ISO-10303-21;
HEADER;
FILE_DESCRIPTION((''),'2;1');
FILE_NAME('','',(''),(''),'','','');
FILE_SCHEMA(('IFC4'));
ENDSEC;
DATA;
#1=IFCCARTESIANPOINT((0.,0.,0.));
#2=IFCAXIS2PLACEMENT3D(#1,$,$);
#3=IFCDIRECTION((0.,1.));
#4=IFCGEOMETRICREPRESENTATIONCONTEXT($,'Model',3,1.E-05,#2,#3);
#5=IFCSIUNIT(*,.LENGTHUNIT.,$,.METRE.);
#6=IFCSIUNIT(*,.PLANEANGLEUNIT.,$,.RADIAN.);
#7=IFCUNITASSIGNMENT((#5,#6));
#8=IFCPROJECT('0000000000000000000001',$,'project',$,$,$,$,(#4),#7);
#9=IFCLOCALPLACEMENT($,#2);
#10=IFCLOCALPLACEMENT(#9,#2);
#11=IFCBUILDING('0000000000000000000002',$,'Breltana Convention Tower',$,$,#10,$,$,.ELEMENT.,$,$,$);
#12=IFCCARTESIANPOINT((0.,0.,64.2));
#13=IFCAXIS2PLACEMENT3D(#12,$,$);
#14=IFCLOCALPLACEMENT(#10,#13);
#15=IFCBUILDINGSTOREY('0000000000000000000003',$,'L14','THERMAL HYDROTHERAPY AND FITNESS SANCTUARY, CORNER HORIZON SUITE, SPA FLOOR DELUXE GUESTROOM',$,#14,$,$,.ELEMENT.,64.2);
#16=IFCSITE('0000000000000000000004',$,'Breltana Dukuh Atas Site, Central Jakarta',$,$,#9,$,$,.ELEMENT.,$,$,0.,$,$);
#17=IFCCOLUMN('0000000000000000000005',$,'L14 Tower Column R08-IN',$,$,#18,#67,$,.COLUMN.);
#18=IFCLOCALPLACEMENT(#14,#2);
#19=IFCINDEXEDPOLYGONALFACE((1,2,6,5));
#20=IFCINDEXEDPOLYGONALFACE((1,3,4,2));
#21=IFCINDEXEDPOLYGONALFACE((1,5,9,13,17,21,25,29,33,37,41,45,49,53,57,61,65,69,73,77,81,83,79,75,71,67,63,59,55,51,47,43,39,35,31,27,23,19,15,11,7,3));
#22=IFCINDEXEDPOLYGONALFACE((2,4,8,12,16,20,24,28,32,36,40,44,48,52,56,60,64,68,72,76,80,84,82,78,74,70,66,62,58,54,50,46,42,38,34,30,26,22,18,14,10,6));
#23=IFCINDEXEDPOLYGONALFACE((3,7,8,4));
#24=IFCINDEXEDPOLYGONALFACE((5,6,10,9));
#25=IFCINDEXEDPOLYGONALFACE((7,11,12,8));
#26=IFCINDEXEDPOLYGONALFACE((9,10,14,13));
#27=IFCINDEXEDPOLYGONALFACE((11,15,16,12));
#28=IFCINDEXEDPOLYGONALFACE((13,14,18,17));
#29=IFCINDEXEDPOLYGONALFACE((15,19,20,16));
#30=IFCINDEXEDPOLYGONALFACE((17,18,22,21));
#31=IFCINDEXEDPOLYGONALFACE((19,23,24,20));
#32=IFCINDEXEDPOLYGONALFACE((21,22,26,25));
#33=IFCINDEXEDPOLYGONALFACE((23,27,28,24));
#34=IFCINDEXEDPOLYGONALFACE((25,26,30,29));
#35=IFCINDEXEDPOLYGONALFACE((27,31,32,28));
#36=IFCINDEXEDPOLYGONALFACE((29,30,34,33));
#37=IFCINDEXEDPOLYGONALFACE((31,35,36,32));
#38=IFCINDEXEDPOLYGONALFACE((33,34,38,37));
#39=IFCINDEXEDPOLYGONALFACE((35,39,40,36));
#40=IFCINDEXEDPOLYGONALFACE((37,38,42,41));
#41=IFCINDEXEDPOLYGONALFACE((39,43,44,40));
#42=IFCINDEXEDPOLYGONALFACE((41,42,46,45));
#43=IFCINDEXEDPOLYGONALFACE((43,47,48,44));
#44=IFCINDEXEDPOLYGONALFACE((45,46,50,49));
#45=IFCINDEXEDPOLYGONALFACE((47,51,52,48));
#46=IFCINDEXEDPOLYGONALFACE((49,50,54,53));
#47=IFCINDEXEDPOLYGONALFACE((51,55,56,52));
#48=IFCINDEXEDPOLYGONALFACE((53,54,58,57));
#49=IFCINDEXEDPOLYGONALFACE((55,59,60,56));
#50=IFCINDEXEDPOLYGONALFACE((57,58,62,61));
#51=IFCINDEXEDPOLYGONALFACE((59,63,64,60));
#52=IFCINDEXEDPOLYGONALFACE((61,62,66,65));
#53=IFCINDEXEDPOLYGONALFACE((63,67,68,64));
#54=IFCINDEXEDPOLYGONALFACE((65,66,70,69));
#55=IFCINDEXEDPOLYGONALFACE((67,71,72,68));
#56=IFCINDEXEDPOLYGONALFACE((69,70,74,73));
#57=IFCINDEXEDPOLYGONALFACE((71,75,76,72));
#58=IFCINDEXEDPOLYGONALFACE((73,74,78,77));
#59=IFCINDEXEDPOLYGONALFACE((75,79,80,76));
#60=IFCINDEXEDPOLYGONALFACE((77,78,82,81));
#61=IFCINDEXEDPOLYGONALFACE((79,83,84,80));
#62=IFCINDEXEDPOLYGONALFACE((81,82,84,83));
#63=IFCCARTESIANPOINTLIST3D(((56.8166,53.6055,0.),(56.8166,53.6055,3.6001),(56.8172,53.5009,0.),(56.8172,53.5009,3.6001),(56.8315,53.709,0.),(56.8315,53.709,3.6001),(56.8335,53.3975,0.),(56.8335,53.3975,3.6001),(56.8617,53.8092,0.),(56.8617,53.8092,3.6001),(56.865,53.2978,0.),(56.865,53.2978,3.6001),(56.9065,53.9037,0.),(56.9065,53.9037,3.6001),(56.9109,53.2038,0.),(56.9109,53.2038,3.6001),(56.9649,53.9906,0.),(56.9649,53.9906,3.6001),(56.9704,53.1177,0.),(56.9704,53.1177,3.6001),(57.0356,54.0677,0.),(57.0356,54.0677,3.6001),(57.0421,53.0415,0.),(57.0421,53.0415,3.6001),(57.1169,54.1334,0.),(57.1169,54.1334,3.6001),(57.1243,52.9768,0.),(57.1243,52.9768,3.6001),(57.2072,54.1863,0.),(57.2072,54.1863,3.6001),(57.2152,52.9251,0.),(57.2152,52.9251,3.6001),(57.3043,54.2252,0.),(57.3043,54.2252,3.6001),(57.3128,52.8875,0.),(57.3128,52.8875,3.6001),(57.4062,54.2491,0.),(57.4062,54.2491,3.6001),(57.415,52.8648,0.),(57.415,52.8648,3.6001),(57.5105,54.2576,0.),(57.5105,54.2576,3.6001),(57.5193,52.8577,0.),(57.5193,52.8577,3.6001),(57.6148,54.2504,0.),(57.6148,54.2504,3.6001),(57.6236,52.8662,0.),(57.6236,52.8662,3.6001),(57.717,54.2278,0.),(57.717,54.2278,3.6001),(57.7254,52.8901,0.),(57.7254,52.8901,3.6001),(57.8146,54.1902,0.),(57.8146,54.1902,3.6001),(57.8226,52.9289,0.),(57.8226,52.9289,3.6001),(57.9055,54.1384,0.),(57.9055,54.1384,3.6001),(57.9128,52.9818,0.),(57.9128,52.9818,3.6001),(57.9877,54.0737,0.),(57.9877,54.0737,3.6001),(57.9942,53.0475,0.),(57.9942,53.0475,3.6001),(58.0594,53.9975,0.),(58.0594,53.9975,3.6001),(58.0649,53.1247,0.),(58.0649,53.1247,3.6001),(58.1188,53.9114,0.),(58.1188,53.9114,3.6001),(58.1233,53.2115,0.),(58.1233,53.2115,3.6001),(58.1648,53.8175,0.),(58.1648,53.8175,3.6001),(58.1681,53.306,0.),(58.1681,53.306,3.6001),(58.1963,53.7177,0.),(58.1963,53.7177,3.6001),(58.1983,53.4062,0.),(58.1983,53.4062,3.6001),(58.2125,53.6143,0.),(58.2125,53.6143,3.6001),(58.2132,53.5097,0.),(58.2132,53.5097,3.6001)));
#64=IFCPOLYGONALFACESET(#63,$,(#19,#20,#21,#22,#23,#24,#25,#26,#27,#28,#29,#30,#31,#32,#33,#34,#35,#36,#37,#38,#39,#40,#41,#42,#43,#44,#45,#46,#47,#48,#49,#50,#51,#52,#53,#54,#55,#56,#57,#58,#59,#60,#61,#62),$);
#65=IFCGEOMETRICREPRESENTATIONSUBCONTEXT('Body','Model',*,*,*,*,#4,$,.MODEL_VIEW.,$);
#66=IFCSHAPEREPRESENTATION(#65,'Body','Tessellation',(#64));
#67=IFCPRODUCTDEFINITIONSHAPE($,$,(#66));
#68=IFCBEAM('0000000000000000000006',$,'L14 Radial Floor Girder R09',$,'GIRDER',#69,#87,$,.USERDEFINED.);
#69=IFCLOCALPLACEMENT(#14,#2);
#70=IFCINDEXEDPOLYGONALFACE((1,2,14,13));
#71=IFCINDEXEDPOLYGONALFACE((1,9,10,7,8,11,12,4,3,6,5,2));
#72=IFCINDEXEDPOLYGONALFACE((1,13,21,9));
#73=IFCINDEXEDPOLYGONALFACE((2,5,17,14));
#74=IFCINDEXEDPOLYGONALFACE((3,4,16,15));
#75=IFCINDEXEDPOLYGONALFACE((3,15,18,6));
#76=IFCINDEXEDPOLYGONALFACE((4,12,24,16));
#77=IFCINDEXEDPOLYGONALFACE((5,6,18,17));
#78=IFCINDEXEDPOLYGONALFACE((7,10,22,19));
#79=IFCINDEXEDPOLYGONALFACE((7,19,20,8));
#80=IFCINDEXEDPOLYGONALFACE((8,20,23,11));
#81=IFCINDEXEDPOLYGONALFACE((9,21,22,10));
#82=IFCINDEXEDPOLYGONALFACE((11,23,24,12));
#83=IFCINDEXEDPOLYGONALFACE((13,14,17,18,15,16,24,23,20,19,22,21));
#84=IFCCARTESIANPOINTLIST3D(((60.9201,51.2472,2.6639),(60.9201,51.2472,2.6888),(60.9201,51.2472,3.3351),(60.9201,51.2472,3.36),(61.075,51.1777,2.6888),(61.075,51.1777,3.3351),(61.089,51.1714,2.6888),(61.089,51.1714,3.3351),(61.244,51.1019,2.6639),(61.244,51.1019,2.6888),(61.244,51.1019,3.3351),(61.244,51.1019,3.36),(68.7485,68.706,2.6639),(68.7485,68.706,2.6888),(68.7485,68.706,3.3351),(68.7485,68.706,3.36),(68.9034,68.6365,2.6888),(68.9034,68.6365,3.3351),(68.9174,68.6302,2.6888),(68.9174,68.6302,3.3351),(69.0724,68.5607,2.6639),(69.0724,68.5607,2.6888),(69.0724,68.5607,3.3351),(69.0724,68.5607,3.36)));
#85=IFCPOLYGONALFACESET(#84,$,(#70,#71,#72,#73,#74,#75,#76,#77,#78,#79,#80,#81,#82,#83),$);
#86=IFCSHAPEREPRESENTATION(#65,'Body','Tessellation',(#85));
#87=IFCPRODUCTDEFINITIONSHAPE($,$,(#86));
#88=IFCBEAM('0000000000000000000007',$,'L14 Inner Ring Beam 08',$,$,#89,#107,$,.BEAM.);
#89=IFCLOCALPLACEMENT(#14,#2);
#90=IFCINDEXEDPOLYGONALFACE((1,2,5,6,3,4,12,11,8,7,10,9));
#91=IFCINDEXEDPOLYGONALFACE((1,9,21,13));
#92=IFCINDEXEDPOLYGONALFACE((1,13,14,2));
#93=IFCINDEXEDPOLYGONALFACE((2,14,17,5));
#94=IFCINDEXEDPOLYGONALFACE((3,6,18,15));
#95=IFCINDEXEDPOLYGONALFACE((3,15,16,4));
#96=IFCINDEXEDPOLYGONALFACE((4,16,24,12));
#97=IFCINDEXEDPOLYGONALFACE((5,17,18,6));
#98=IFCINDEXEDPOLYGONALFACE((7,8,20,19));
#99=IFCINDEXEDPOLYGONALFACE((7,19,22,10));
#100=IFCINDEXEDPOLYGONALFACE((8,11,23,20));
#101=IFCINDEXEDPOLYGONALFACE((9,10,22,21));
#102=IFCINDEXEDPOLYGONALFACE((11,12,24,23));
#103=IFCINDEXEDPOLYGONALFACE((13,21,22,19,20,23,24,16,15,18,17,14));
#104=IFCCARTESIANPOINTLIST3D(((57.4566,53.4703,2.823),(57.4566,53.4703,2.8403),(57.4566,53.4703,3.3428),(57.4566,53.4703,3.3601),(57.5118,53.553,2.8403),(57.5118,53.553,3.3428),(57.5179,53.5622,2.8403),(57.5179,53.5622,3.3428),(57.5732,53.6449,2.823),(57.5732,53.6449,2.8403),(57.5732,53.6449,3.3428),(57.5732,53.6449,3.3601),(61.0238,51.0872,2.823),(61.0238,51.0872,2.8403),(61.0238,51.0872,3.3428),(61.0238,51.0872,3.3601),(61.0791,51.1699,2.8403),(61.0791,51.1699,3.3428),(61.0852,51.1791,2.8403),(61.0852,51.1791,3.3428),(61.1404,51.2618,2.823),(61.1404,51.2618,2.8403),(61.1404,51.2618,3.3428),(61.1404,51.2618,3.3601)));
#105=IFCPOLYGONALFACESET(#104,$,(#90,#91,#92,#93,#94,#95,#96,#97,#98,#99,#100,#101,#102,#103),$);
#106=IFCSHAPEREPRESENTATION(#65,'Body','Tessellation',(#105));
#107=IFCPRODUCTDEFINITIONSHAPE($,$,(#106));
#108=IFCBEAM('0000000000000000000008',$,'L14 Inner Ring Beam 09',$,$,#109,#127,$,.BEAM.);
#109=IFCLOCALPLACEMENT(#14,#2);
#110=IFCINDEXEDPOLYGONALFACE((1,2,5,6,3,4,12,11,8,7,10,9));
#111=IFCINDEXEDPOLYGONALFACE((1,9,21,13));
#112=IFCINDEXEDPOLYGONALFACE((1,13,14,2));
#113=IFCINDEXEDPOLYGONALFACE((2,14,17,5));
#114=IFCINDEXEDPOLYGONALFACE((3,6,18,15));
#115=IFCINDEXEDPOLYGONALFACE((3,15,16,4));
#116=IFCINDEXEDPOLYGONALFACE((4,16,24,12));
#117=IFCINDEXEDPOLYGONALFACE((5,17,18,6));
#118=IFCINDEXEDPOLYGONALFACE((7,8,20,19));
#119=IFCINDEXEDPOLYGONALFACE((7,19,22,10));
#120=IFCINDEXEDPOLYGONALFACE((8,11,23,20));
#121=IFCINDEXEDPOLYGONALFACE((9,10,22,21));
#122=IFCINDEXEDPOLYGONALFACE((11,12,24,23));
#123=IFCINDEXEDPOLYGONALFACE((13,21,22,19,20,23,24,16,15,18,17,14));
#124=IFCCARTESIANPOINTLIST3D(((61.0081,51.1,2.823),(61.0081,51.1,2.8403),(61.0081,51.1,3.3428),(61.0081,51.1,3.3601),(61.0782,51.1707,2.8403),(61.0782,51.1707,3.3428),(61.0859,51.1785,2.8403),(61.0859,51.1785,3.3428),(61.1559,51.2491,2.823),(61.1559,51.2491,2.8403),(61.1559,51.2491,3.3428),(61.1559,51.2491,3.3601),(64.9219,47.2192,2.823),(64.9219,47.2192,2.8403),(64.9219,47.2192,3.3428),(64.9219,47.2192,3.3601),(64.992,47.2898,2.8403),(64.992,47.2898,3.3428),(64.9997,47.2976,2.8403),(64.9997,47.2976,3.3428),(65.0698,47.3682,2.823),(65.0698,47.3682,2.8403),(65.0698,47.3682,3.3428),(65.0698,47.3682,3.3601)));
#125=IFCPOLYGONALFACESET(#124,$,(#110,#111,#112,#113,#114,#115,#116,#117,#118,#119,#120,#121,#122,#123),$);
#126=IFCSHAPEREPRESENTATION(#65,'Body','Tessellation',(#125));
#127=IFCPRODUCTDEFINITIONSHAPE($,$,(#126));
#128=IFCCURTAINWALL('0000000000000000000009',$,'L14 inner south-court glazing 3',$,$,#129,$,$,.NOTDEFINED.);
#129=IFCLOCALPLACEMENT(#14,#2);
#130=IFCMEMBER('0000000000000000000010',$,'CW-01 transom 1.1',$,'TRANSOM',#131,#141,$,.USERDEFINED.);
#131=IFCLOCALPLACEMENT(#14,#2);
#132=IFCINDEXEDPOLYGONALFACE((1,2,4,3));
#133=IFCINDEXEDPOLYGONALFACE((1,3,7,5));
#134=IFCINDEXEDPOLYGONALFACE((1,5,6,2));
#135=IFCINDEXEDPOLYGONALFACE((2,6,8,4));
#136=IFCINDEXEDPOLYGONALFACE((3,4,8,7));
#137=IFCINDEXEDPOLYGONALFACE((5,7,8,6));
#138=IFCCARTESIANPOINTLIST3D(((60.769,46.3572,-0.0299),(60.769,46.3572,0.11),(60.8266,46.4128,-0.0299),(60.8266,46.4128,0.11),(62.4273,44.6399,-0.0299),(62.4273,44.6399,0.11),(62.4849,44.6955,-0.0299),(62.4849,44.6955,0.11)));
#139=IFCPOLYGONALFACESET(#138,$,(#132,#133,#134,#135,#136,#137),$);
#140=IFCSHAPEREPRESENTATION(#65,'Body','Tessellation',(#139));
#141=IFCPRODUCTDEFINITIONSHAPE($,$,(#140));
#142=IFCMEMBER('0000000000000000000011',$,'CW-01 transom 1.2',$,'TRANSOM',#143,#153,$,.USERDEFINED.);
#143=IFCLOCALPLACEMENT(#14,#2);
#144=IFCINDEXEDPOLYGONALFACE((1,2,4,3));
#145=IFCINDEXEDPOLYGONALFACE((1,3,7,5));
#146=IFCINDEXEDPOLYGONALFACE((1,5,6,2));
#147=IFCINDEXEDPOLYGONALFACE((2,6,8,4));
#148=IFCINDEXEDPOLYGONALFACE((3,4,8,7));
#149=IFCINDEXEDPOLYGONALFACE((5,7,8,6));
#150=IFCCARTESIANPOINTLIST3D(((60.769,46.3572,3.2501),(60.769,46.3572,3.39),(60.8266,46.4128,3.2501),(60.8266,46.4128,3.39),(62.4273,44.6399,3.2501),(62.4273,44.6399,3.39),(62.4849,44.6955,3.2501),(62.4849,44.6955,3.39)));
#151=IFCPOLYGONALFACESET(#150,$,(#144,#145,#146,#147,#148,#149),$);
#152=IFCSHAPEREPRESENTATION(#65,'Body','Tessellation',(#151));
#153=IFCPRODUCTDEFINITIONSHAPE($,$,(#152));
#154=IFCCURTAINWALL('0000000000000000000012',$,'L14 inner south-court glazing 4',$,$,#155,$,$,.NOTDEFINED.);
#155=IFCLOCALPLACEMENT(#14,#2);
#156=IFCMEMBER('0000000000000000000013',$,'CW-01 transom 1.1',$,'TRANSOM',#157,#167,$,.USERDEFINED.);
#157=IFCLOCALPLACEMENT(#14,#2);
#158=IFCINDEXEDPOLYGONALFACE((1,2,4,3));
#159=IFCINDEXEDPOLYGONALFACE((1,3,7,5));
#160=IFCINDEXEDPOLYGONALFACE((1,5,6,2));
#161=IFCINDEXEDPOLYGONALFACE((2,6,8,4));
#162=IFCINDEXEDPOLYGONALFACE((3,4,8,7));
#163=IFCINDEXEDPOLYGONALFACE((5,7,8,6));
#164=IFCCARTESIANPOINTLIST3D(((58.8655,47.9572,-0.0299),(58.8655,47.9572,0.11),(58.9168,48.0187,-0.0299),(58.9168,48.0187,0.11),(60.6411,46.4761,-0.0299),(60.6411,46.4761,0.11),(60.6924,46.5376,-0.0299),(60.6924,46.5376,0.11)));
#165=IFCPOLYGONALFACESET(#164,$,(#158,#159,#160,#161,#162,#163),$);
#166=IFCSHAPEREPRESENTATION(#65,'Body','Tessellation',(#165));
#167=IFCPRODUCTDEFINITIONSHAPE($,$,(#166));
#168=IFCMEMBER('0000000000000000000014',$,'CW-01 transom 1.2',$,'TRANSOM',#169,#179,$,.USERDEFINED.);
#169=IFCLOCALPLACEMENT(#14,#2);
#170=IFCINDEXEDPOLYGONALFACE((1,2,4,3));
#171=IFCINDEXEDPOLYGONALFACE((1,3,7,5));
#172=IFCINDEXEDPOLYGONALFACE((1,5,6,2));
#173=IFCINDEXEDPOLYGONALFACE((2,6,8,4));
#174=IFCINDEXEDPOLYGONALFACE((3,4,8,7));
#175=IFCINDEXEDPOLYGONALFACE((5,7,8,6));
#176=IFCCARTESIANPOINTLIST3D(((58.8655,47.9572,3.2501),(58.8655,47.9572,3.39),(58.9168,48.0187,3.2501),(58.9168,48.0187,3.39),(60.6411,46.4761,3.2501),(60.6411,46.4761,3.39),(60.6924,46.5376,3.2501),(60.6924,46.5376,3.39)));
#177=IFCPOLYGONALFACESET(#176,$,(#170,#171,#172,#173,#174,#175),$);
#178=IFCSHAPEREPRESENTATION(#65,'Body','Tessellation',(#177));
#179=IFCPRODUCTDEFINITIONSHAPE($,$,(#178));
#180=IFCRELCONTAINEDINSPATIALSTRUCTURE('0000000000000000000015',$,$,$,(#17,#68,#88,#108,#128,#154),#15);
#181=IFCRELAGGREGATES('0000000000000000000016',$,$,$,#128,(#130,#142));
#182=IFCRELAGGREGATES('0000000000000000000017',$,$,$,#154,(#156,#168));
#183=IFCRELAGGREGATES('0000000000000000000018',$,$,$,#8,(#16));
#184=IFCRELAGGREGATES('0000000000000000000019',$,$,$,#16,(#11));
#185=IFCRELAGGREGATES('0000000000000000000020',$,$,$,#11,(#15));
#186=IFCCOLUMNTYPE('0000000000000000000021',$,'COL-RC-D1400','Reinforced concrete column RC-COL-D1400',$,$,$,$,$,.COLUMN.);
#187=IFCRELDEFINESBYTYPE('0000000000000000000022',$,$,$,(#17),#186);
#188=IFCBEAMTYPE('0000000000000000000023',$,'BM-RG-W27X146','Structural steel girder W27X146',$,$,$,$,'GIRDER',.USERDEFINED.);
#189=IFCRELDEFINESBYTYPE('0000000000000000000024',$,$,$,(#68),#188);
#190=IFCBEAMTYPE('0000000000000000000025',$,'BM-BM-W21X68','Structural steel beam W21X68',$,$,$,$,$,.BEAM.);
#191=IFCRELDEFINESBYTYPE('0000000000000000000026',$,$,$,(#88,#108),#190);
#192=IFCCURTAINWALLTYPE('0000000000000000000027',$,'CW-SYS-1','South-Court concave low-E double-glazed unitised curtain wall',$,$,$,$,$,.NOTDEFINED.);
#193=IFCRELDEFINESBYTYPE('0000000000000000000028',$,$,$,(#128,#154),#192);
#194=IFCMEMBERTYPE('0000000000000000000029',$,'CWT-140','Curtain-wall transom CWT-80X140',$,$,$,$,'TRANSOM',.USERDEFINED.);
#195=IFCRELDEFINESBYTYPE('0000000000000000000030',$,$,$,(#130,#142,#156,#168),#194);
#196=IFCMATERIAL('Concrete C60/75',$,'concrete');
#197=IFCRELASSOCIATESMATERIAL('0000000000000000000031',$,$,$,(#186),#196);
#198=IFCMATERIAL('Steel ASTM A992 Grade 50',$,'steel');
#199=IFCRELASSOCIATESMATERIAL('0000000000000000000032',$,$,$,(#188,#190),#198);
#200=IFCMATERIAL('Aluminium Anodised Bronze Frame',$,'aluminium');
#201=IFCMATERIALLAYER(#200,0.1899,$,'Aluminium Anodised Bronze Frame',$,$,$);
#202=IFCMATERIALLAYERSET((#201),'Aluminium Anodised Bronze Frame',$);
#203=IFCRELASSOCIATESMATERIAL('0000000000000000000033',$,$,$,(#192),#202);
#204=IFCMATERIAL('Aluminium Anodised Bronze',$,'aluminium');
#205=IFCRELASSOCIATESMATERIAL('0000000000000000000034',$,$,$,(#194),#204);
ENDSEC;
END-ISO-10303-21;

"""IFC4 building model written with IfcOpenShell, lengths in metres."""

from ifc_helpers import new_model, si_unit, direction, frame, origin, origin_2d, place, context, subcontext, project, spatial, rectangle, circle, i_section, extrude, source, transform, mapped, material, layer, layer_set, material_profile, profile_set, type_object, type_shapes, element, aggregate, save


model = new_model("IFC4")

# Units and contexts
model_context = context("Model", 3, precision=1e-05, world=origin(), true_north=direction((0.0, 1.0)))
body_context = subcontext(model_context, "Body", "Model", "MODEL_VIEW")
ifc_project = project(units=[si_unit("LENGTHUNIT", "METRE"), si_unit("PLANEANGLEUNIT", "RADIAN")], contexts=[model_context])

# Site, building, storey
site_placement = place(None, origin())
site = spatial("IfcSite", under=ifc_project, at=site_placement, Name="Breltana Dukuh Atas Site, Central Jakarta", CompositionType="ELEMENT", RefElevation=0.0)
building_placement = place(site_placement, origin())
building = spatial("IfcBuilding", under=site, at=building_placement, Name="Breltana Convention Tower", CompositionType="ELEMENT")
storey_placement = place(building_placement, frame((0.0, 0.0, 64.2)))
storey = spatial("IfcBuildingStorey", under=building, at=storey_placement, Name="L14", Description="THERMAL HYDROTHERAPY AND FITNESS SANCTUARY, CORNER HORIZON SUITE, SPA FLOOR DELUXE GUESTROOM", CompositionType="ELEMENT", Elevation=64.2)

# Column
ifc_material_1 = material(Name="Concrete C60/75", Category="concrete")
ifc_material_profile_1 = material_profile(ifc_material_1, circle(Radius=0.7, at=origin_2d()), Name="RC-COL-D1400")
ifc_profile_set_1 = profile_set([ifc_material_profile_1], Name="Concrete C60/75")
column_type = type_object("IfcColumnType", Name="COL-RC-D1400", Description="Reinforced concrete column RC-COL-D1400", PredefinedType="COLUMN", material=ifc_profile_set_1)
shared_shape_1 = source(origin(), body_context, "Body", "SweptSolid", [
    extrude(circle(Radius=0.7, at=origin_2d()), origin(), (0.0, 0.0, 1.0), 3.6001),
])
for number, where, z_axis, x_axis, name in (
    (1, (57.5149, 53.5576, 0.0), (0.0, 0.0, 1.0), (0.288698, 0.95742, 0.0), "L14 Tower Column R08-IN"),
):
    element("IfcColumn", number, at=place(storey_placement, frame(where, z_axis=z_axis, x_axis=x_axis)), inside=storey, type_object=column_type, Name=name, PredefinedType="COLUMN", context=body_context, shape_type="MappedRepresentation", body=[
        mapped(shared_shape_1, transform((0.0, 0.0, 0.0), scale=1.0)),
    ])

# Beams
ifc_material_2 = material(Name="Steel ASTM A992 Grade 50", Category="steel")
ifc_material_profile_2 = material_profile(ifc_material_2, i_section(OverallWidth=0.355, OverallDepth=0.696, WebThickness=0.0154, FlangeThickness=0.0249, at=origin_2d()), Name="W27X146")
ifc_profile_set_2 = profile_set([ifc_material_profile_2], Name="Steel ASTM A992 Grade 50")
beam_type_1 = type_object("IfcBeamType", Name="BM-RG-W27X146", Description="Structural steel girder W27X146", ElementType="GIRDER", PredefinedType="USERDEFINED", material=ifc_profile_set_2)
shared_shape_2 = source(origin(), body_context, "Body", "SweptSolid", [
    extrude(i_section(OverallWidth=0.355, OverallDepth=0.696, WebThickness=0.0154, FlangeThickness=0.0249, at=origin_2d()), origin(), (0.0, 0.0, 1.0), 19.1335),
])
beam_1_placement = place(storey_placement, frame((61.082, 51.1746, 3.012), z_axis=(0.409145, 0.91247, 0.0), x_axis=(-0.91247, 0.409145, 0.0)))
element("IfcBeam", 2, at=beam_1_placement, inside=storey, type_object=beam_type_1, Name="L14 Radial Floor Girder R09", ObjectType="GIRDER", PredefinedType="USERDEFINED", context=body_context, shape_type="MappedRepresentation", body=[
    mapped(shared_shape_2, transform((0.0, 0.0, 0.0), scale=1.0)),
])
ifc_material_profile_3 = material_profile(ifc_material_2, i_section(OverallWidth=0.21, OverallDepth=0.5371, WebThickness=0.011, FlangeThickness=0.0173, at=origin_2d()), Name="W21X68")
ifc_profile_set_3 = profile_set([ifc_material_profile_3], Name="Steel ASTM A992 Grade 50")
beam_type_2 = type_object("IfcBeamType", Name="BM-BM-W21X68", Description="Structural steel beam W21X68", PredefinedType="BEAM", material=ifc_profile_set_3)
shared_shape_3 = source(origin(), body_context, "Body", "SweptSolid", [
    extrude(i_section(OverallWidth=0.21, OverallDepth=0.5371, WebThickness=0.011, FlangeThickness=0.0173, at=origin_2d()), origin(), (0.0, 0.0, 1.0), 4.29),
])
beam_2_placement = place(storey_placement, frame((57.5149, 53.5576, 3.0916), z_axis=(0.831516, -0.555501, 0.0), x_axis=(0.555501, 0.831516, 0.0)))
element("IfcBeam", 3, at=beam_2_placement, inside=storey, type_object=beam_type_2, Name="L14 Inner Ring Beam 08", PredefinedType="BEAM", context=body_context, shape_type="MappedRepresentation", body=[
    mapped(shared_shape_3, transform((0.0, 0.0, 0.0), scale=1.0)),
])
shared_shape_4 = source(origin(), body_context, "Body", "SweptSolid", [
    extrude(i_section(OverallWidth=0.21, OverallDepth=0.5371, WebThickness=0.011, FlangeThickness=0.0173, at=origin_2d()), origin(), (0.0, 0.0, 1.0), 5.5117),
])
beam_3_placement = place(storey_placement, frame((61.082, 51.1746, 3.0916), z_axis=(0.71009, -0.704111, 0.0), x_axis=(0.704111, 0.71009, 0.0)))
element("IfcBeam", 4, at=beam_3_placement, inside=storey, type_object=beam_type_2, Name="L14 Inner Ring Beam 09", PredefinedType="BEAM", context=body_context, shape_type="MappedRepresentation", body=[
    mapped(shared_shape_4, transform((0.0, 0.0, 0.0), scale=1.0)),
])

# Curtain walls, members
ifc_material_3 = material(Name="Aluminium Anodised Bronze Frame", Category="aluminium")
ifc_layer_1 = layer(ifc_material_3, 0.1899, Name="Aluminium Anodised Bronze Frame")
ifc_layer_set_1 = layer_set([ifc_layer_1], Name="Aluminium Anodised Bronze Frame")
curtain_wall_type = type_object("IfcCurtainWallType", Name="CW-SYS-1", Description="South-Court concave low-E double-glazed unitised curtain wall", PredefinedType="NOTDEFINED", material=ifc_layer_set_1)
curtain_wall_1_placement = place(storey_placement, origin())
curtain_wall_1 = element("IfcCurtainWall", 5, at=curtain_wall_1_placement, inside=storey, type_object=curtain_wall_type, Name="L14 inner south-court glazing 3", PredefinedType="NOTDEFINED")
ifc_material_4 = material(Name="Aluminium Anodised Bronze", Category="aluminium")
ifc_material_profile_4 = material_profile(ifc_material_4, rectangle(XDim=0.0801, YDim=0.1399, at=origin_2d()), Name="CWT-80X140")
ifc_profile_set_4 = profile_set([ifc_material_profile_4], Name="Aluminium Anodised Bronze")
member_type_1 = type_object("IfcMemberType", Name="CWT-140", Description="Curtain-wall transom CWT-80X140", ElementType="TRANSOM", PredefinedType="USERDEFINED", material=ifc_profile_set_4)
shared_shape_5 = source(origin(), body_context, "Body", "SweptSolid", [
    extrude(rectangle(XDim=0.0801, YDim=0.1399, at=origin_2d()), origin(), (0.0, 0.0, 1.0), 2.3872),
])
type_shapes(member_type_1, [shared_shape_5])
member_1_placement = place(storey_placement, frame((62.4561, 44.6677, 0.04), z_axis=(-0.694624, 0.719373, 0.0), x_axis=(-0.719373, -0.694624, 0.0)))
member_1 = element("IfcMember", 6, at=member_1_placement, type_object=member_type_1, Name="CW-01 transom 1.1", ObjectType="TRANSOM", PredefinedType="USERDEFINED", context=body_context, shape_type="MappedRepresentation", body=[
    mapped(shared_shape_5, transform((0.0, 0.0, 0.0), scale=1.0)),
])
member_2_placement = place(storey_placement, frame((62.4561, 44.6677, 3.3201), z_axis=(-0.694624, 0.719373, 0.0), x_axis=(-0.719373, -0.694624, 0.0)))
member_2 = element("IfcMember", 7, at=member_2_placement, type_object=member_type_1, Name="CW-01 transom 1.2", ObjectType="TRANSOM", PredefinedType="USERDEFINED", context=body_context, shape_type="MappedRepresentation", body=[
    mapped(shared_shape_5, transform((0.0, 0.0, 0.0), scale=1.0)),
])
curtain_wall_2_placement = place(storey_placement, origin())
curtain_wall_2 = element("IfcCurtainWall", 8, at=curtain_wall_2_placement, inside=storey, type_object=curtain_wall_type, Name="L14 inner south-court glazing 4", PredefinedType="NOTDEFINED")
shared_shape_6 = source(origin(), body_context, "Body", "SweptSolid", [
    extrude(rectangle(XDim=0.0801, YDim=0.1399, at=origin_2d()), origin(), (0.0, 0.0, 1.0), 2.3123),
])
member_3_placement = place(storey_placement, frame((60.6667, 46.5068, 0.04), z_axis=(-0.767901, 0.640569, 0.0), x_axis=(-0.640569, -0.767901, 0.0)))
member_3 = element("IfcMember", 9, at=member_3_placement, type_object=member_type_1, Name="CW-01 transom 1.1", ObjectType="TRANSOM", PredefinedType="USERDEFINED", context=body_context, shape_type="MappedRepresentation", body=[
    mapped(shared_shape_6, transform((0.0, 0.0, 0.0), scale=1.0)),
])
member_4_placement = place(storey_placement, frame((60.6667, 46.5068, 3.3201), z_axis=(-0.767901, 0.640569, 0.0), x_axis=(-0.640569, -0.767901, 0.0)))
member_4 = element("IfcMember", 10, at=member_4_placement, type_object=member_type_1, Name="CW-01 transom 1.2", ObjectType="TRANSOM", PredefinedType="USERDEFINED", context=body_context, shape_type="MappedRepresentation", body=[
    mapped(shared_shape_6, transform((0.0, 0.0, 0.0), scale=1.0)),
])

aggregate(curtain_wall_1, [member_1, member_2])
aggregate(curtain_wall_2, [member_3, member_4])

save(model, "model.ifc")
